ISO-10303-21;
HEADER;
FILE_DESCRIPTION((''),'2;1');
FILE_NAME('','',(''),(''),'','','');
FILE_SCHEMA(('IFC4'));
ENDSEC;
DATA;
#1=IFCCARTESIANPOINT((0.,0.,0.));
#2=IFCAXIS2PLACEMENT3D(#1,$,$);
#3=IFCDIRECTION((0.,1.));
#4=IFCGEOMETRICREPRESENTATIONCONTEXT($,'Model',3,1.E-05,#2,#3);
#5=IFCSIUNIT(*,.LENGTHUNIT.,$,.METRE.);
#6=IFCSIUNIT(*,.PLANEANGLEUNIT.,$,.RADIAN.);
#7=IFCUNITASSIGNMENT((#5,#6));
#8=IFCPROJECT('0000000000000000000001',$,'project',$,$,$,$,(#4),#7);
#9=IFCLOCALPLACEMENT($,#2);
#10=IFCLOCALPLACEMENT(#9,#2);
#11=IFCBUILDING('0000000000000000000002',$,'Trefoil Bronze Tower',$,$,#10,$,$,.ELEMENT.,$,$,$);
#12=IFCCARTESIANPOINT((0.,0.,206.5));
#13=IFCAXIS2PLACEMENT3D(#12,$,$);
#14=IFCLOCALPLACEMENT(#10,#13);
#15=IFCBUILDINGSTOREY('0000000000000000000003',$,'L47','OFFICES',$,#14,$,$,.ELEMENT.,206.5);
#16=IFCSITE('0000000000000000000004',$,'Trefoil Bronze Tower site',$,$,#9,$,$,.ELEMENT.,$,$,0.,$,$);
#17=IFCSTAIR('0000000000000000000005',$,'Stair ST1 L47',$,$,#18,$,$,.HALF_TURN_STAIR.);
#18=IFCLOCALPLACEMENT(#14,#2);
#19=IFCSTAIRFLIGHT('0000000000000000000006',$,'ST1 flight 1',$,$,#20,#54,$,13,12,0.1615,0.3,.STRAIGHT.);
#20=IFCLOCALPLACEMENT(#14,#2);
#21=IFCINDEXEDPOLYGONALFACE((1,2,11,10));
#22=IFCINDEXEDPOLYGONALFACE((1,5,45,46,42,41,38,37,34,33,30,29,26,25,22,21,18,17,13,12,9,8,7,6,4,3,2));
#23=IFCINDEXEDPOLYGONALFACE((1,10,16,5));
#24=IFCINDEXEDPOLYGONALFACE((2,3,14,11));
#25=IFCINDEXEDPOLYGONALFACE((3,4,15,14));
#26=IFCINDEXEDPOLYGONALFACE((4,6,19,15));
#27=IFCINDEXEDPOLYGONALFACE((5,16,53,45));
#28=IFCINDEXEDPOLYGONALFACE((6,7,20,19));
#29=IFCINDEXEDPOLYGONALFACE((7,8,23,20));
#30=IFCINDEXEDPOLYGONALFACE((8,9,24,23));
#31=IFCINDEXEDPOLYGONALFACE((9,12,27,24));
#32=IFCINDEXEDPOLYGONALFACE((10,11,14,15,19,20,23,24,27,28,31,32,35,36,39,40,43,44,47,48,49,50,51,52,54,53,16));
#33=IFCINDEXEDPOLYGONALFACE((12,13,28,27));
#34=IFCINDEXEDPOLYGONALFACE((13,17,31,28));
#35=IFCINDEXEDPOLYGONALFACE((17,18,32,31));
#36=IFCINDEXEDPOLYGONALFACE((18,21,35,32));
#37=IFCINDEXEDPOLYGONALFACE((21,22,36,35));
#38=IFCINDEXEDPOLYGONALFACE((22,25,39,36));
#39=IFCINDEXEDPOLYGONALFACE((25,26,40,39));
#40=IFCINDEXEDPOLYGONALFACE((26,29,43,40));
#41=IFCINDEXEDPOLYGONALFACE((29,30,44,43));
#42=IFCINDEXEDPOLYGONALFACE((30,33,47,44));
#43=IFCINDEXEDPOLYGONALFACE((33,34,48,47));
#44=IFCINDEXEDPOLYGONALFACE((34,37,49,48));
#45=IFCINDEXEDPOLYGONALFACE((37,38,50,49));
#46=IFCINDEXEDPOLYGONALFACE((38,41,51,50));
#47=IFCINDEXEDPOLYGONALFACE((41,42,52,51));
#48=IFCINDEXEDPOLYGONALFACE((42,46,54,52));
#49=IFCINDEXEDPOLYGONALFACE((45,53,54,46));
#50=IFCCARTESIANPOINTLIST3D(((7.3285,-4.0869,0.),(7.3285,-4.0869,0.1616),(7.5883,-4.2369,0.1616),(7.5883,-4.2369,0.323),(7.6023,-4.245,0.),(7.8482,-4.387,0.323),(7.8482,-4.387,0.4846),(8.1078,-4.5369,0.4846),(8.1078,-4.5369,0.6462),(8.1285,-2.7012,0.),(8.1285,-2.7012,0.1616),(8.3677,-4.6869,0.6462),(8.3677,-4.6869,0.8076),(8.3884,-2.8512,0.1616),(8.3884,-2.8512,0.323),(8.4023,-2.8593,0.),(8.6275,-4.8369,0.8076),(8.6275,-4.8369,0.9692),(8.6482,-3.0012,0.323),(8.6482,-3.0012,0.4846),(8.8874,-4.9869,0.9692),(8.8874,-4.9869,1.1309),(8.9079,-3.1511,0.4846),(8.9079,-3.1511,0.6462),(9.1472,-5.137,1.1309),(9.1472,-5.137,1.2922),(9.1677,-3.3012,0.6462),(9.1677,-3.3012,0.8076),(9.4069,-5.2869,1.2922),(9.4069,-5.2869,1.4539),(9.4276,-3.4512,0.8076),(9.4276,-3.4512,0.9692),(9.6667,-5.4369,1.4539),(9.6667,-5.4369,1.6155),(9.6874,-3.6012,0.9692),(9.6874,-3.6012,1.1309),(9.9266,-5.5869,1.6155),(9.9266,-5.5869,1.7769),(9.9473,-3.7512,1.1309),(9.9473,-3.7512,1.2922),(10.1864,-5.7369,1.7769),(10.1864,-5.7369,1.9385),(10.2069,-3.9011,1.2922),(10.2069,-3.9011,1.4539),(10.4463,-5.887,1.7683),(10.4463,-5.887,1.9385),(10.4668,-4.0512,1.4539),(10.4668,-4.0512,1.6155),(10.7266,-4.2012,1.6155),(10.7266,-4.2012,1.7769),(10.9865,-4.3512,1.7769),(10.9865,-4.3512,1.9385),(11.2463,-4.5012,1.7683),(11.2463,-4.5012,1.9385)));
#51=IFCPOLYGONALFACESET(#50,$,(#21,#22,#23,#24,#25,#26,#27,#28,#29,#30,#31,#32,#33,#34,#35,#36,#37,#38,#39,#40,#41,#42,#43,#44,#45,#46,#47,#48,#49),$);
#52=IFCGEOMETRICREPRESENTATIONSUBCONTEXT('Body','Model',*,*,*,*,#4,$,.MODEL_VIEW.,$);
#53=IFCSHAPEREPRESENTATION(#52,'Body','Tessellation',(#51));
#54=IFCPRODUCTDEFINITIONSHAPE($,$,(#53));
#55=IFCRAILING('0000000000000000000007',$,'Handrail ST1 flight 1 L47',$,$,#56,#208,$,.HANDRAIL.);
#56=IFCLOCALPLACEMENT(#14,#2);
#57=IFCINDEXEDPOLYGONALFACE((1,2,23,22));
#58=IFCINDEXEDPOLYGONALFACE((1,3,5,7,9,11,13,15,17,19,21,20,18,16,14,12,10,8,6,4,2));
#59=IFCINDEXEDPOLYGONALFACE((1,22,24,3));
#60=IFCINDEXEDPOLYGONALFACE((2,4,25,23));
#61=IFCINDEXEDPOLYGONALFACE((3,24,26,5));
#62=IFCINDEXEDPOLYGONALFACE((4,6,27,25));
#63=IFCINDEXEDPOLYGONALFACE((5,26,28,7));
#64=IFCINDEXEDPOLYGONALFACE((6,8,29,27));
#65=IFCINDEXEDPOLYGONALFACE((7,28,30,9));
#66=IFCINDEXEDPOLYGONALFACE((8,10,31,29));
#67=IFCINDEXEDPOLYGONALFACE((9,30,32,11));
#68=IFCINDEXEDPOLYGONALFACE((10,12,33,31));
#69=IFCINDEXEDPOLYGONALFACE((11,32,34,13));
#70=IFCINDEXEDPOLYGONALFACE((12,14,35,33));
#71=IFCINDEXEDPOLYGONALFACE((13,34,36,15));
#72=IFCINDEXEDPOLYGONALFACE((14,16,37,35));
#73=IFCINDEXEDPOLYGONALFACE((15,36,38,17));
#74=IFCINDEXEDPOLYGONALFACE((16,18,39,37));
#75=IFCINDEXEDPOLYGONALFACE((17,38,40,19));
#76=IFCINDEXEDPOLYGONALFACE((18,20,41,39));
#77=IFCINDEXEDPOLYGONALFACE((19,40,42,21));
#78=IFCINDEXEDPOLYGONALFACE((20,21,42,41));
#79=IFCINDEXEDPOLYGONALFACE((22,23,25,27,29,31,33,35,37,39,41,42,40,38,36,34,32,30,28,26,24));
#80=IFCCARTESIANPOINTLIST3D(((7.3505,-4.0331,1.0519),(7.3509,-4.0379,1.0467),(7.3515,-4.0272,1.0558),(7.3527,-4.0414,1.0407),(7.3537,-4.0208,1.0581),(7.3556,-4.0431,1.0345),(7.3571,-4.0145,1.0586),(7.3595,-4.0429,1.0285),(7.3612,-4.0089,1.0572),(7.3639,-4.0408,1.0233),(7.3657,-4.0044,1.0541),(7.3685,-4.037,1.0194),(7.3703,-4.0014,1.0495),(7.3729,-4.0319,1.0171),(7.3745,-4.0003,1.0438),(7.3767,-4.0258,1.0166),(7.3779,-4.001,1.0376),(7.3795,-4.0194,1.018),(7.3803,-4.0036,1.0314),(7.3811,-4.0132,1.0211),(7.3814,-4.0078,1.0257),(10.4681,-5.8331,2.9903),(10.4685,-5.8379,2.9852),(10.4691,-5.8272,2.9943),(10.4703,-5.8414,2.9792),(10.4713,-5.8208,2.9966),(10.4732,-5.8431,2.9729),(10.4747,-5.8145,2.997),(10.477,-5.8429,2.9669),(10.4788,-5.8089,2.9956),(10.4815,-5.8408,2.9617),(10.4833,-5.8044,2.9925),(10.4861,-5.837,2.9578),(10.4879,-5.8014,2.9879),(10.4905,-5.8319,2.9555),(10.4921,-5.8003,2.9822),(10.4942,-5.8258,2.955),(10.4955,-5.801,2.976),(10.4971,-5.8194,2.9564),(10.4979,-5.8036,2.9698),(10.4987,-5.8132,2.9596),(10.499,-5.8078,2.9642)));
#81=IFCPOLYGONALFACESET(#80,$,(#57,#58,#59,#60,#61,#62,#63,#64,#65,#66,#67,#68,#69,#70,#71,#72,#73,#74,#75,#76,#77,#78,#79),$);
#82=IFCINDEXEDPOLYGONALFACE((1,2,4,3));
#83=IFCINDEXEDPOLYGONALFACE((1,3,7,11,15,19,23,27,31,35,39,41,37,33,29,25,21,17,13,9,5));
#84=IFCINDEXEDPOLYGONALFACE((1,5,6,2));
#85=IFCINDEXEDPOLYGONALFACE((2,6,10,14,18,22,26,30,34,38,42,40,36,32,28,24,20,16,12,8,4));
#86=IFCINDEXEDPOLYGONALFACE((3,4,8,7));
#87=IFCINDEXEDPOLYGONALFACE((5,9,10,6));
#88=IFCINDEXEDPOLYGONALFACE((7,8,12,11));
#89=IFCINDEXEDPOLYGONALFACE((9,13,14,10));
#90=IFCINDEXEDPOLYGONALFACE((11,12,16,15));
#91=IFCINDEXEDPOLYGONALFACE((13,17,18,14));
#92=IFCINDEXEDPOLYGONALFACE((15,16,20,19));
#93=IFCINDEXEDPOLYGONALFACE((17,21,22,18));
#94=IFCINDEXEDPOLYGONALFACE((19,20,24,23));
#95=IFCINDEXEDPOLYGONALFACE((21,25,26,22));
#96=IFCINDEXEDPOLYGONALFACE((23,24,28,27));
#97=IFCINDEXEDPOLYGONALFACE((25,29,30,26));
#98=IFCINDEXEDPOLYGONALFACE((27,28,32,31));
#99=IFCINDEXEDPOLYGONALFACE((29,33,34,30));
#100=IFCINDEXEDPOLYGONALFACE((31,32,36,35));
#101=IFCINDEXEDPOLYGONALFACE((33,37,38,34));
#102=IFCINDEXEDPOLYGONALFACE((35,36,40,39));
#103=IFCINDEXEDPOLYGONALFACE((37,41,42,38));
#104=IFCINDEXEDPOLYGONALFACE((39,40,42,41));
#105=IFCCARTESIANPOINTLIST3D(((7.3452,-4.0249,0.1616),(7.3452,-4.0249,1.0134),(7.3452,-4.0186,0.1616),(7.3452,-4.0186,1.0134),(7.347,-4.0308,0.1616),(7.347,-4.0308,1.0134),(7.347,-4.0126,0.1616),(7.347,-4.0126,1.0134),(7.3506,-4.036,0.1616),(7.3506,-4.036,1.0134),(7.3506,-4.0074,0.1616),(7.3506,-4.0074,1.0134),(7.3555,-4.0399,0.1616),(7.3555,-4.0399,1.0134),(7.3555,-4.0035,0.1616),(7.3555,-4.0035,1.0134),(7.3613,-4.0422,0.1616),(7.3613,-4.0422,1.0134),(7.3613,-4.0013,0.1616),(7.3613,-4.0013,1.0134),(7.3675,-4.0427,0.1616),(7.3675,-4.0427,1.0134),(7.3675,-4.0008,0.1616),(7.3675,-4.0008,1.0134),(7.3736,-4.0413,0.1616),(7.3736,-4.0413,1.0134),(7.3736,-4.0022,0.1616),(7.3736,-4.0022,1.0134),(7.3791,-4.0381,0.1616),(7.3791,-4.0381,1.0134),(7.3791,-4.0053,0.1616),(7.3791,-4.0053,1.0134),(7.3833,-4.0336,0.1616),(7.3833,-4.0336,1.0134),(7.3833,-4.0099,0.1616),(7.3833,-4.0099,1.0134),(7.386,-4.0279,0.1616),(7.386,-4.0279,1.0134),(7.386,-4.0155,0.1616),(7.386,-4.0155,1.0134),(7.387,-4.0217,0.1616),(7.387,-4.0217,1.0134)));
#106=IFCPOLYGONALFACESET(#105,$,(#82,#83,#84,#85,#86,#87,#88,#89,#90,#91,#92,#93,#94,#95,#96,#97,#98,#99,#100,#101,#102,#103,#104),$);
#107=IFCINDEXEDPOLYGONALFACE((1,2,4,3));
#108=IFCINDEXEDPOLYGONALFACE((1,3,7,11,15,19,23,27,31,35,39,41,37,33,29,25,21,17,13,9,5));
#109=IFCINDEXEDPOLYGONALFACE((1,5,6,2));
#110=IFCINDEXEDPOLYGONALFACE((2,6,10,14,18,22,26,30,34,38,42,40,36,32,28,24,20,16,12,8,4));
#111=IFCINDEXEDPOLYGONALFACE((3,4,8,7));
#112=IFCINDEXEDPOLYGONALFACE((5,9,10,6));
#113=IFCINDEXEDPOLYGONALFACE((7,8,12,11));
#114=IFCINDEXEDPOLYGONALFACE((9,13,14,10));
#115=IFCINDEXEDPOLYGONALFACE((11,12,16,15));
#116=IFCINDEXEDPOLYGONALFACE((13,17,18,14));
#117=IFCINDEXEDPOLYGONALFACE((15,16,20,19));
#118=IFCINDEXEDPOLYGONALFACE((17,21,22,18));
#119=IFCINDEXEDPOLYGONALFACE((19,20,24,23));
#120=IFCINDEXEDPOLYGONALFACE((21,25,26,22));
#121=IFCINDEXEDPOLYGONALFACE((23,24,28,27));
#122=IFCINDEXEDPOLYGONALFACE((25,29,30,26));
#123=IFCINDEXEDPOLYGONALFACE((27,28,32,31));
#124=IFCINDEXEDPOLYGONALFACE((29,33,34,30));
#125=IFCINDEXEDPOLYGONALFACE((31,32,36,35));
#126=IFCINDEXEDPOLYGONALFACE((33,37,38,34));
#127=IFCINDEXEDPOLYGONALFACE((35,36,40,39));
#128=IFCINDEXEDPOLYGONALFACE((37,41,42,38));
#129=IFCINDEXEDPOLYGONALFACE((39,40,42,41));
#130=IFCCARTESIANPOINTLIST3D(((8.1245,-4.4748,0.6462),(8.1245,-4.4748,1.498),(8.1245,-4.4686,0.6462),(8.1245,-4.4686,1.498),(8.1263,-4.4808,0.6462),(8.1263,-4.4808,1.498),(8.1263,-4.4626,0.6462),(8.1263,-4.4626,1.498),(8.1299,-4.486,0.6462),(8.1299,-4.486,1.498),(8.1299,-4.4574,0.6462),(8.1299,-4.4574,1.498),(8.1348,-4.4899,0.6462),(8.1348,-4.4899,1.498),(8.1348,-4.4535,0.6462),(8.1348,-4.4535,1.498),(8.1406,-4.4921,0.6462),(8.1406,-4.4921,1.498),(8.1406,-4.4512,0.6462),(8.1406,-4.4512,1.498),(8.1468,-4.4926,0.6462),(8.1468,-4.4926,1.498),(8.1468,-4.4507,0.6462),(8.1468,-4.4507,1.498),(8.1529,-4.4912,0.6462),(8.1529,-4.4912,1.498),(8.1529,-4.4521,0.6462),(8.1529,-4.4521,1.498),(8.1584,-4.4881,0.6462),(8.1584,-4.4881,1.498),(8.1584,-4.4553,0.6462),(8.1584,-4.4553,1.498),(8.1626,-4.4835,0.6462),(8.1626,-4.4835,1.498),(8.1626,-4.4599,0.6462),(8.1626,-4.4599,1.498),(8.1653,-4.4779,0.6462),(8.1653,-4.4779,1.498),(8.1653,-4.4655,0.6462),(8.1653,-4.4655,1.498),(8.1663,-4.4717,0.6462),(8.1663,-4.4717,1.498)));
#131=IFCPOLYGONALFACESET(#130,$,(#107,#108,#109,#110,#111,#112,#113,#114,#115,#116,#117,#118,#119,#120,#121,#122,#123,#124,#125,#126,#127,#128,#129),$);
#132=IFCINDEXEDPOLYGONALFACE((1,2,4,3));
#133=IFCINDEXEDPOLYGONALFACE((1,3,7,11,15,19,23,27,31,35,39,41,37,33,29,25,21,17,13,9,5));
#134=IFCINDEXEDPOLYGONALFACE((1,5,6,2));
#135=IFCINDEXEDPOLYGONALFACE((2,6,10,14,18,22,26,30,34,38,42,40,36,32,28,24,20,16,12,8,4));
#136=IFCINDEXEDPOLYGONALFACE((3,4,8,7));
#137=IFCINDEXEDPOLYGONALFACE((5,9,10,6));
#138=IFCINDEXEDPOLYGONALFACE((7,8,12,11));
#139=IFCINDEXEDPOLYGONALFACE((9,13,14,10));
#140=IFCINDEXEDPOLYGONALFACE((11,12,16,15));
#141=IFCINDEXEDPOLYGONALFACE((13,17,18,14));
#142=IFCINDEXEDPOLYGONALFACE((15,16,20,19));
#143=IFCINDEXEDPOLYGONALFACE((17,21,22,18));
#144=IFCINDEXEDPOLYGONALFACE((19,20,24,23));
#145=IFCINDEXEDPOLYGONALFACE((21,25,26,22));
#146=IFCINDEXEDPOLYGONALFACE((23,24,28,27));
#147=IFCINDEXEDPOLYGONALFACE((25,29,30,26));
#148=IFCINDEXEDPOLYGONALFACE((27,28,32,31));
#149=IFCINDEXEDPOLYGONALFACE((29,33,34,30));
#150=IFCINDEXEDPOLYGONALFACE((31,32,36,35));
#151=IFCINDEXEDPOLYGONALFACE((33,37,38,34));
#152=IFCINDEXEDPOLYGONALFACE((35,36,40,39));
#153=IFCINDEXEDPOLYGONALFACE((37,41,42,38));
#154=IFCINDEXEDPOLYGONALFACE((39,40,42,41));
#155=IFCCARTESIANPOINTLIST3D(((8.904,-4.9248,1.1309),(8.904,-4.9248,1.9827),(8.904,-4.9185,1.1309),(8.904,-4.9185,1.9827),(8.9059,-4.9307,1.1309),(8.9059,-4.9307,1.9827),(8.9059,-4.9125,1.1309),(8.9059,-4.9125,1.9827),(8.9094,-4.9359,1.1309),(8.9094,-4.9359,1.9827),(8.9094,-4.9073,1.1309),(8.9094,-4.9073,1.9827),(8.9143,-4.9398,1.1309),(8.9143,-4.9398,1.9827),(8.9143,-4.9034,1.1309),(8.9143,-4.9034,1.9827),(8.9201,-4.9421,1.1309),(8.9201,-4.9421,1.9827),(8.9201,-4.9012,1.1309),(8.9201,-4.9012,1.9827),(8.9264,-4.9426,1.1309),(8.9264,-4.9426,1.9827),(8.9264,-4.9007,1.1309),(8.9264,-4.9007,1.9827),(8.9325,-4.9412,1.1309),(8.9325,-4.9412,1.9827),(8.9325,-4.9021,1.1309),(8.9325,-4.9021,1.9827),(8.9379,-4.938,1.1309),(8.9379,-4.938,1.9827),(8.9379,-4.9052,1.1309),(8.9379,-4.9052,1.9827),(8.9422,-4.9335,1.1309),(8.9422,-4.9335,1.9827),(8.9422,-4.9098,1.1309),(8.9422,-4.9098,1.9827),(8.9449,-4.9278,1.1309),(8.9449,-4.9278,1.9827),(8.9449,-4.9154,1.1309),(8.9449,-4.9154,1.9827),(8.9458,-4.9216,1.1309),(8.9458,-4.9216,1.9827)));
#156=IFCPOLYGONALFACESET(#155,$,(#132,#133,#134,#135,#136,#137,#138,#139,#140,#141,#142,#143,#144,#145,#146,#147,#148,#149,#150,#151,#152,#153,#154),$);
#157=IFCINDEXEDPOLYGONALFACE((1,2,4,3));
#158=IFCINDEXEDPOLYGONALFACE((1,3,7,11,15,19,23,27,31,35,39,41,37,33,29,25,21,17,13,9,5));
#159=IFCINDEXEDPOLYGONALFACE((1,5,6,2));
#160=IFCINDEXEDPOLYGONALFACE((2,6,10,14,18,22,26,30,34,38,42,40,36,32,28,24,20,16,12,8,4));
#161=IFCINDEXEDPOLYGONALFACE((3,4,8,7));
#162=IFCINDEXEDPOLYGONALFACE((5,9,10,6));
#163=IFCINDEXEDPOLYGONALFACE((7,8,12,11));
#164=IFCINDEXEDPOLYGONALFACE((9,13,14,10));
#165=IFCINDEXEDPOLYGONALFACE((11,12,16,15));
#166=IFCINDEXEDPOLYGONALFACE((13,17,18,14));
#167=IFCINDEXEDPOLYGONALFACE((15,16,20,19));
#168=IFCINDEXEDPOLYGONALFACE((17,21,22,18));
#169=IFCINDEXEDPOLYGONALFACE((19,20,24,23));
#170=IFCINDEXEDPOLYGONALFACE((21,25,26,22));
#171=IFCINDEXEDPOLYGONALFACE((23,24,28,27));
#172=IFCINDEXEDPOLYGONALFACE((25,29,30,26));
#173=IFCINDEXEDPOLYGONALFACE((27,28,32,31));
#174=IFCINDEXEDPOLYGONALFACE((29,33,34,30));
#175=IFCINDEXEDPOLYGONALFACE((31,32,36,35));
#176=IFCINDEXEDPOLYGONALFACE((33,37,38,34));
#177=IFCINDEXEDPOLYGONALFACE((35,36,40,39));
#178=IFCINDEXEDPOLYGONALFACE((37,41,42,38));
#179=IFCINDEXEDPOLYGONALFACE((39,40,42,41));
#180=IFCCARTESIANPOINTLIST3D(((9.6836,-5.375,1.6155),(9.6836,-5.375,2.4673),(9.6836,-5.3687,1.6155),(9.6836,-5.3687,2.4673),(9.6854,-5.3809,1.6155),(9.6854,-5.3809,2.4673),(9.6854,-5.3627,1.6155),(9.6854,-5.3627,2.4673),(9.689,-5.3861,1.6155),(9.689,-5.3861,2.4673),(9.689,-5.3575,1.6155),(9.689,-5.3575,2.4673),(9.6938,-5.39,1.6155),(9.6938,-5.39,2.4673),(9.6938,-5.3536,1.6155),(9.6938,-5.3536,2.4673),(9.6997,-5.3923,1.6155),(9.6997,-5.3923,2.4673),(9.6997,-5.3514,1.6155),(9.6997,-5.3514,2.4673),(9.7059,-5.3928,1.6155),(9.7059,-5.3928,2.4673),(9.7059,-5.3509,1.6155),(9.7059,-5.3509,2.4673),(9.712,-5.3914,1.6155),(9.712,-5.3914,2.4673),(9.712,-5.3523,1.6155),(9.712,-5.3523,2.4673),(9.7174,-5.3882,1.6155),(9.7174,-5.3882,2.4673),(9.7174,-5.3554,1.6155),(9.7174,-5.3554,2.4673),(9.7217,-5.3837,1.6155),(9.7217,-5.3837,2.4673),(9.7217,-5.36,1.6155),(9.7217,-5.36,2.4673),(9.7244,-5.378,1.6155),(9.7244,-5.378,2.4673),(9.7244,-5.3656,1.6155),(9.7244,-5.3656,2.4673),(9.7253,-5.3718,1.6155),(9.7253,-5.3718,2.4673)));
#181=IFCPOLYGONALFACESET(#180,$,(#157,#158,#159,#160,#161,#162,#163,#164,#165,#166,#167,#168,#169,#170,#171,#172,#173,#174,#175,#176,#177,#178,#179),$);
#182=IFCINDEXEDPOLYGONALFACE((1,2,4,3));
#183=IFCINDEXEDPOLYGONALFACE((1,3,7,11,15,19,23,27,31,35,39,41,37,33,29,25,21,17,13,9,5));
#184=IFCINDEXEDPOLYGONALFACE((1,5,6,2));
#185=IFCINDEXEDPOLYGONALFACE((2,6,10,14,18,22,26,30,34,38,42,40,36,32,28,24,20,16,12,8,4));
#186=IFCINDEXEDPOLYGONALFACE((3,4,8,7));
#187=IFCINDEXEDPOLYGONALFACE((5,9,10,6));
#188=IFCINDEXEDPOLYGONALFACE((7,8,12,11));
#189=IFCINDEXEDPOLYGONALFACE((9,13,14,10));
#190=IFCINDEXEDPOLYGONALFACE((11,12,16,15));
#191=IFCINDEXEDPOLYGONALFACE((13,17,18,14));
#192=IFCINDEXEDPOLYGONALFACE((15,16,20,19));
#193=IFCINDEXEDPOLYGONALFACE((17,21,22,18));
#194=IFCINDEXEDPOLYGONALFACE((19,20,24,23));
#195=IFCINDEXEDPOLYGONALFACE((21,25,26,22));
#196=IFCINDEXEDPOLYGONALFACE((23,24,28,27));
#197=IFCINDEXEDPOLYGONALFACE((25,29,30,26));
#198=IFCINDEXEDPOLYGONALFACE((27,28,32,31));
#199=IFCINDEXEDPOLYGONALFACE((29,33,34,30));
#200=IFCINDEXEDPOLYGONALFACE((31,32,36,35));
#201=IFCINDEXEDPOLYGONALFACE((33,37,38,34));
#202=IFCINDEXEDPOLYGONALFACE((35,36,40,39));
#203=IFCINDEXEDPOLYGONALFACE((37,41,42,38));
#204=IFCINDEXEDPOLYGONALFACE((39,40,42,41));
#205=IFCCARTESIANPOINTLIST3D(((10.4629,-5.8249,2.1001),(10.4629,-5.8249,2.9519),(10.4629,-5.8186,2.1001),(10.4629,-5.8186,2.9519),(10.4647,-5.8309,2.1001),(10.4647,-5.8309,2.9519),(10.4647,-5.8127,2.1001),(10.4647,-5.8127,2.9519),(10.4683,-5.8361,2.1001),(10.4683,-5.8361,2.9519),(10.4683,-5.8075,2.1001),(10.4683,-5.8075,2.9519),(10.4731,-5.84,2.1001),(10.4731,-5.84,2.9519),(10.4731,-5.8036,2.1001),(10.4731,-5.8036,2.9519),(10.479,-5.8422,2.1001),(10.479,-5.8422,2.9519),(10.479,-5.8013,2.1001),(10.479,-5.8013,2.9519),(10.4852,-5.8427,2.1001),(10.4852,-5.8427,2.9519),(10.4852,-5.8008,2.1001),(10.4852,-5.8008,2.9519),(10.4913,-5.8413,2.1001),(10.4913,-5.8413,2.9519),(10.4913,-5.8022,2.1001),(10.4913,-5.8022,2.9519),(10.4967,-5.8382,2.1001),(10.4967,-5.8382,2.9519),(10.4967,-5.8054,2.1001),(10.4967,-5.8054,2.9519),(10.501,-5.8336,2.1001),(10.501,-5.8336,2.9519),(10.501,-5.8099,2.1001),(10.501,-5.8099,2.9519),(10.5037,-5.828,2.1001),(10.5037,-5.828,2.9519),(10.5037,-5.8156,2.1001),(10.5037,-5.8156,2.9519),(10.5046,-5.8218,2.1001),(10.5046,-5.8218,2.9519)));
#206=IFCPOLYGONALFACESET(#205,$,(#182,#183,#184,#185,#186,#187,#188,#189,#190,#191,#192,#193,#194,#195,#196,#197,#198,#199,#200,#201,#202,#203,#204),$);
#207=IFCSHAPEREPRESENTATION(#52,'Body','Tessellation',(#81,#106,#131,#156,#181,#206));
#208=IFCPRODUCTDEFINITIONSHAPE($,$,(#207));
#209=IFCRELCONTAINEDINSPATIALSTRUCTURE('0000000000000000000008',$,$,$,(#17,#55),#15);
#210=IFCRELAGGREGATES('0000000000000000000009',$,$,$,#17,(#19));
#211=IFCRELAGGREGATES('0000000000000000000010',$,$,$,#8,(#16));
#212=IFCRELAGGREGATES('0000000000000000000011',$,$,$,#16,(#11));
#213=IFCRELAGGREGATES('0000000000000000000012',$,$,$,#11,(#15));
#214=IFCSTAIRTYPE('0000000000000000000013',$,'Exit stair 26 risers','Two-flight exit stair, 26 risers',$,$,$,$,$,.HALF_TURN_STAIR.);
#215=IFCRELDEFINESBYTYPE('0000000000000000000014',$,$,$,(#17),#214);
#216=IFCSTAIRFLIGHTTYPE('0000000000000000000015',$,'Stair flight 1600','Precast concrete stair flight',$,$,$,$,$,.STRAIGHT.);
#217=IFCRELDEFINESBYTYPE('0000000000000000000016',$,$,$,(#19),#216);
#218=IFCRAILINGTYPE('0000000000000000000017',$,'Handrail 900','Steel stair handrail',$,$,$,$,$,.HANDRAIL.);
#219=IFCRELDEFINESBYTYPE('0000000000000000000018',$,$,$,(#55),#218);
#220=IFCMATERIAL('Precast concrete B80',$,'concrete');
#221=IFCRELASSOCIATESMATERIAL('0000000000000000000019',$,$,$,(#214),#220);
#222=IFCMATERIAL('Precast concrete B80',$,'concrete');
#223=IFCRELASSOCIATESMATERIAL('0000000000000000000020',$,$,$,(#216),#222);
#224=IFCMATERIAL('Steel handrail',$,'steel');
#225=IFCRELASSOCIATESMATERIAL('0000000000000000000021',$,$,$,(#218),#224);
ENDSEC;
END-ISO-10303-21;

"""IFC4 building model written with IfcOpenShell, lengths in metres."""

from ifc_helpers import new_model, si_unit, direction, frame, origin, origin_2d, place, context, subcontext, project, spatial, polyline, circle, outline, extrude, material, type_object, element, aggregate, save


model = new_model("IFC4")

# Units and contexts
model_context = context("Model", 3, precision=1e-05, world=origin(), true_north=direction((0.0, 1.0)))
body_context = subcontext(model_context, "Body", "Model", "MODEL_VIEW")
ifc_project = project(units=[si_unit("LENGTHUNIT", "METRE"), si_unit("PLANEANGLEUNIT", "RADIAN")], contexts=[model_context])

# Site, building, storey
site_placement = place(None, origin())
site = spatial("IfcSite", under=ifc_project, at=site_placement, Name="Trefoil Bronze Tower site", CompositionType="ELEMENT", RefElevation=0.0)
building_placement = place(site_placement, origin())
building = spatial("IfcBuilding", under=site, at=building_placement, Name="Trefoil Bronze Tower", CompositionType="ELEMENT")
storey_placement = place(building_placement, frame((0.0, 0.0, 206.5)))
storey = spatial("IfcBuildingStorey", under=building, at=storey_placement, Name="L47", Description="OFFICES", CompositionType="ELEMENT", Elevation=206.5)

# Stair
ifc_material_1 = material(Name="Precast concrete B80", Category="concrete")
stair_type = type_object("IfcStairType", Name="Exit stair 26 risers", Description="Two-flight exit stair, 26 risers", PredefinedType="HALF_TURN_STAIR", material=ifc_material_1)
stair_1_placement = place(storey_placement, origin())
stair_1 = element("IfcStair", 1, at=stair_1_placement, inside=storey, type_object=stair_type, Name="Stair ST1 L47", PredefinedType="HALF_TURN_STAIR")

# Stair flight
ifc_material_2 = material(Name="Precast concrete B80", Category="concrete")
stair_flight_type = type_object("IfcStairFlightType", Name="Stair flight 1600", Description="Precast concrete stair flight", PredefinedType="STRAIGHT", material=ifc_material_2)
stair_flight_placement = place(storey_placement, frame((7.7285, -3.394, 0.0), z_axis=(0.0, 0.0, 1.0), x_axis=(0.866025, -0.5, 0.0)))
stair_flight = element("IfcStairFlight", 2, at=stair_flight_placement, type_object=stair_flight_type, Name="ST1 flight 1", NumberOfRisers=13, NumberOfTreads=12, PredefinedType="STRAIGHT", RiserHeight=0.1615, TreadLength=0.3, context=body_context, shape_type="SweptSolid", body=[
    extrude(outline(polyline([(0.0, 0.0), (0.0, 0.1616), (0.3, 0.1616), (0.3, 0.323), (0.6001, 0.323), (0.6001, 0.4846), (0.8999, 0.4846), (0.8999, 0.6462), (1.2, 0.6462), (1.2, 0.8076), (1.5, 0.8076), (1.5, 0.9692), (1.8, 0.9692), (1.8, 1.1309), (2.1001, 1.1309), (2.1001, 1.2922), (2.3999, 1.2922), (2.3999, 1.4539), (2.7, 1.4539), (2.7, 1.6155), (3.0, 1.6155), (3.0, 1.7769), (3.3, 1.7769), (3.3, 1.9385), (3.6001, 1.9385), (3.6001, 2.1001), (3.6001, 1.7683), (0.3162, 0.0), (0.0, 0.0)])), frame((0.0, 0.8, 0.0), z_axis=(0.0, -1.0, 0.0), x_axis=(1.0, 0.0, 0.0)), (0.0, 0.0, 1.0), 1.6001),
])
aggregate(stair_1, [stair_flight])

# Railing
ifc_material_3 = material(Name="Steel handrail", Category="steel")
railing_type = type_object("IfcRailingType", Name="Handrail 900", Description="Steel stair handrail", PredefinedType="HANDRAIL", material=ifc_material_3)
railing_placement = place(storey_placement, frame((7.366, -4.0217, 0.1616)))
element("IfcRailing", 3, at=railing_placement, inside=storey, type_object=railing_type, Name="Handrail ST1 flight 1 L47", PredefinedType="HANDRAIL", context=body_context, shape_type="SweptSolid", body=[
    extrude(circle(Radius=0.0239, at=origin_2d()), frame((0.0, 0.0, 0.876), z_axis=(0.762503, -0.440246, 0.474102), x_axis=(0.500012, 0.866018, 0.0)), (0.0, 0.0, 1.0), 4.0886),
    extrude(circle(Radius=0.021, at=origin_2d()), origin(), (0.0, 0.0, 1.0), 0.8518),
    extrude(circle(Radius=0.021, at=origin_2d()), frame((0.7793, -0.45, 0.4846)), (0.0, 0.0, 1.0), 0.8518),
    extrude(circle(Radius=0.021, at=origin_2d()), frame((1.5588, -0.8999, 0.9692)), (0.0, 0.0, 1.0), 0.8518),
    extrude(circle(Radius=0.021, at=origin_2d()), frame((2.3384, -1.3501, 1.4539)), (0.0, 0.0, 1.0), 0.8518),
    extrude(circle(Radius=0.021, at=origin_2d()), frame((3.1177, -1.8, 1.9385)), (0.0, 0.0, 1.0), 0.8518),
])

save(model, "model.ifc")
